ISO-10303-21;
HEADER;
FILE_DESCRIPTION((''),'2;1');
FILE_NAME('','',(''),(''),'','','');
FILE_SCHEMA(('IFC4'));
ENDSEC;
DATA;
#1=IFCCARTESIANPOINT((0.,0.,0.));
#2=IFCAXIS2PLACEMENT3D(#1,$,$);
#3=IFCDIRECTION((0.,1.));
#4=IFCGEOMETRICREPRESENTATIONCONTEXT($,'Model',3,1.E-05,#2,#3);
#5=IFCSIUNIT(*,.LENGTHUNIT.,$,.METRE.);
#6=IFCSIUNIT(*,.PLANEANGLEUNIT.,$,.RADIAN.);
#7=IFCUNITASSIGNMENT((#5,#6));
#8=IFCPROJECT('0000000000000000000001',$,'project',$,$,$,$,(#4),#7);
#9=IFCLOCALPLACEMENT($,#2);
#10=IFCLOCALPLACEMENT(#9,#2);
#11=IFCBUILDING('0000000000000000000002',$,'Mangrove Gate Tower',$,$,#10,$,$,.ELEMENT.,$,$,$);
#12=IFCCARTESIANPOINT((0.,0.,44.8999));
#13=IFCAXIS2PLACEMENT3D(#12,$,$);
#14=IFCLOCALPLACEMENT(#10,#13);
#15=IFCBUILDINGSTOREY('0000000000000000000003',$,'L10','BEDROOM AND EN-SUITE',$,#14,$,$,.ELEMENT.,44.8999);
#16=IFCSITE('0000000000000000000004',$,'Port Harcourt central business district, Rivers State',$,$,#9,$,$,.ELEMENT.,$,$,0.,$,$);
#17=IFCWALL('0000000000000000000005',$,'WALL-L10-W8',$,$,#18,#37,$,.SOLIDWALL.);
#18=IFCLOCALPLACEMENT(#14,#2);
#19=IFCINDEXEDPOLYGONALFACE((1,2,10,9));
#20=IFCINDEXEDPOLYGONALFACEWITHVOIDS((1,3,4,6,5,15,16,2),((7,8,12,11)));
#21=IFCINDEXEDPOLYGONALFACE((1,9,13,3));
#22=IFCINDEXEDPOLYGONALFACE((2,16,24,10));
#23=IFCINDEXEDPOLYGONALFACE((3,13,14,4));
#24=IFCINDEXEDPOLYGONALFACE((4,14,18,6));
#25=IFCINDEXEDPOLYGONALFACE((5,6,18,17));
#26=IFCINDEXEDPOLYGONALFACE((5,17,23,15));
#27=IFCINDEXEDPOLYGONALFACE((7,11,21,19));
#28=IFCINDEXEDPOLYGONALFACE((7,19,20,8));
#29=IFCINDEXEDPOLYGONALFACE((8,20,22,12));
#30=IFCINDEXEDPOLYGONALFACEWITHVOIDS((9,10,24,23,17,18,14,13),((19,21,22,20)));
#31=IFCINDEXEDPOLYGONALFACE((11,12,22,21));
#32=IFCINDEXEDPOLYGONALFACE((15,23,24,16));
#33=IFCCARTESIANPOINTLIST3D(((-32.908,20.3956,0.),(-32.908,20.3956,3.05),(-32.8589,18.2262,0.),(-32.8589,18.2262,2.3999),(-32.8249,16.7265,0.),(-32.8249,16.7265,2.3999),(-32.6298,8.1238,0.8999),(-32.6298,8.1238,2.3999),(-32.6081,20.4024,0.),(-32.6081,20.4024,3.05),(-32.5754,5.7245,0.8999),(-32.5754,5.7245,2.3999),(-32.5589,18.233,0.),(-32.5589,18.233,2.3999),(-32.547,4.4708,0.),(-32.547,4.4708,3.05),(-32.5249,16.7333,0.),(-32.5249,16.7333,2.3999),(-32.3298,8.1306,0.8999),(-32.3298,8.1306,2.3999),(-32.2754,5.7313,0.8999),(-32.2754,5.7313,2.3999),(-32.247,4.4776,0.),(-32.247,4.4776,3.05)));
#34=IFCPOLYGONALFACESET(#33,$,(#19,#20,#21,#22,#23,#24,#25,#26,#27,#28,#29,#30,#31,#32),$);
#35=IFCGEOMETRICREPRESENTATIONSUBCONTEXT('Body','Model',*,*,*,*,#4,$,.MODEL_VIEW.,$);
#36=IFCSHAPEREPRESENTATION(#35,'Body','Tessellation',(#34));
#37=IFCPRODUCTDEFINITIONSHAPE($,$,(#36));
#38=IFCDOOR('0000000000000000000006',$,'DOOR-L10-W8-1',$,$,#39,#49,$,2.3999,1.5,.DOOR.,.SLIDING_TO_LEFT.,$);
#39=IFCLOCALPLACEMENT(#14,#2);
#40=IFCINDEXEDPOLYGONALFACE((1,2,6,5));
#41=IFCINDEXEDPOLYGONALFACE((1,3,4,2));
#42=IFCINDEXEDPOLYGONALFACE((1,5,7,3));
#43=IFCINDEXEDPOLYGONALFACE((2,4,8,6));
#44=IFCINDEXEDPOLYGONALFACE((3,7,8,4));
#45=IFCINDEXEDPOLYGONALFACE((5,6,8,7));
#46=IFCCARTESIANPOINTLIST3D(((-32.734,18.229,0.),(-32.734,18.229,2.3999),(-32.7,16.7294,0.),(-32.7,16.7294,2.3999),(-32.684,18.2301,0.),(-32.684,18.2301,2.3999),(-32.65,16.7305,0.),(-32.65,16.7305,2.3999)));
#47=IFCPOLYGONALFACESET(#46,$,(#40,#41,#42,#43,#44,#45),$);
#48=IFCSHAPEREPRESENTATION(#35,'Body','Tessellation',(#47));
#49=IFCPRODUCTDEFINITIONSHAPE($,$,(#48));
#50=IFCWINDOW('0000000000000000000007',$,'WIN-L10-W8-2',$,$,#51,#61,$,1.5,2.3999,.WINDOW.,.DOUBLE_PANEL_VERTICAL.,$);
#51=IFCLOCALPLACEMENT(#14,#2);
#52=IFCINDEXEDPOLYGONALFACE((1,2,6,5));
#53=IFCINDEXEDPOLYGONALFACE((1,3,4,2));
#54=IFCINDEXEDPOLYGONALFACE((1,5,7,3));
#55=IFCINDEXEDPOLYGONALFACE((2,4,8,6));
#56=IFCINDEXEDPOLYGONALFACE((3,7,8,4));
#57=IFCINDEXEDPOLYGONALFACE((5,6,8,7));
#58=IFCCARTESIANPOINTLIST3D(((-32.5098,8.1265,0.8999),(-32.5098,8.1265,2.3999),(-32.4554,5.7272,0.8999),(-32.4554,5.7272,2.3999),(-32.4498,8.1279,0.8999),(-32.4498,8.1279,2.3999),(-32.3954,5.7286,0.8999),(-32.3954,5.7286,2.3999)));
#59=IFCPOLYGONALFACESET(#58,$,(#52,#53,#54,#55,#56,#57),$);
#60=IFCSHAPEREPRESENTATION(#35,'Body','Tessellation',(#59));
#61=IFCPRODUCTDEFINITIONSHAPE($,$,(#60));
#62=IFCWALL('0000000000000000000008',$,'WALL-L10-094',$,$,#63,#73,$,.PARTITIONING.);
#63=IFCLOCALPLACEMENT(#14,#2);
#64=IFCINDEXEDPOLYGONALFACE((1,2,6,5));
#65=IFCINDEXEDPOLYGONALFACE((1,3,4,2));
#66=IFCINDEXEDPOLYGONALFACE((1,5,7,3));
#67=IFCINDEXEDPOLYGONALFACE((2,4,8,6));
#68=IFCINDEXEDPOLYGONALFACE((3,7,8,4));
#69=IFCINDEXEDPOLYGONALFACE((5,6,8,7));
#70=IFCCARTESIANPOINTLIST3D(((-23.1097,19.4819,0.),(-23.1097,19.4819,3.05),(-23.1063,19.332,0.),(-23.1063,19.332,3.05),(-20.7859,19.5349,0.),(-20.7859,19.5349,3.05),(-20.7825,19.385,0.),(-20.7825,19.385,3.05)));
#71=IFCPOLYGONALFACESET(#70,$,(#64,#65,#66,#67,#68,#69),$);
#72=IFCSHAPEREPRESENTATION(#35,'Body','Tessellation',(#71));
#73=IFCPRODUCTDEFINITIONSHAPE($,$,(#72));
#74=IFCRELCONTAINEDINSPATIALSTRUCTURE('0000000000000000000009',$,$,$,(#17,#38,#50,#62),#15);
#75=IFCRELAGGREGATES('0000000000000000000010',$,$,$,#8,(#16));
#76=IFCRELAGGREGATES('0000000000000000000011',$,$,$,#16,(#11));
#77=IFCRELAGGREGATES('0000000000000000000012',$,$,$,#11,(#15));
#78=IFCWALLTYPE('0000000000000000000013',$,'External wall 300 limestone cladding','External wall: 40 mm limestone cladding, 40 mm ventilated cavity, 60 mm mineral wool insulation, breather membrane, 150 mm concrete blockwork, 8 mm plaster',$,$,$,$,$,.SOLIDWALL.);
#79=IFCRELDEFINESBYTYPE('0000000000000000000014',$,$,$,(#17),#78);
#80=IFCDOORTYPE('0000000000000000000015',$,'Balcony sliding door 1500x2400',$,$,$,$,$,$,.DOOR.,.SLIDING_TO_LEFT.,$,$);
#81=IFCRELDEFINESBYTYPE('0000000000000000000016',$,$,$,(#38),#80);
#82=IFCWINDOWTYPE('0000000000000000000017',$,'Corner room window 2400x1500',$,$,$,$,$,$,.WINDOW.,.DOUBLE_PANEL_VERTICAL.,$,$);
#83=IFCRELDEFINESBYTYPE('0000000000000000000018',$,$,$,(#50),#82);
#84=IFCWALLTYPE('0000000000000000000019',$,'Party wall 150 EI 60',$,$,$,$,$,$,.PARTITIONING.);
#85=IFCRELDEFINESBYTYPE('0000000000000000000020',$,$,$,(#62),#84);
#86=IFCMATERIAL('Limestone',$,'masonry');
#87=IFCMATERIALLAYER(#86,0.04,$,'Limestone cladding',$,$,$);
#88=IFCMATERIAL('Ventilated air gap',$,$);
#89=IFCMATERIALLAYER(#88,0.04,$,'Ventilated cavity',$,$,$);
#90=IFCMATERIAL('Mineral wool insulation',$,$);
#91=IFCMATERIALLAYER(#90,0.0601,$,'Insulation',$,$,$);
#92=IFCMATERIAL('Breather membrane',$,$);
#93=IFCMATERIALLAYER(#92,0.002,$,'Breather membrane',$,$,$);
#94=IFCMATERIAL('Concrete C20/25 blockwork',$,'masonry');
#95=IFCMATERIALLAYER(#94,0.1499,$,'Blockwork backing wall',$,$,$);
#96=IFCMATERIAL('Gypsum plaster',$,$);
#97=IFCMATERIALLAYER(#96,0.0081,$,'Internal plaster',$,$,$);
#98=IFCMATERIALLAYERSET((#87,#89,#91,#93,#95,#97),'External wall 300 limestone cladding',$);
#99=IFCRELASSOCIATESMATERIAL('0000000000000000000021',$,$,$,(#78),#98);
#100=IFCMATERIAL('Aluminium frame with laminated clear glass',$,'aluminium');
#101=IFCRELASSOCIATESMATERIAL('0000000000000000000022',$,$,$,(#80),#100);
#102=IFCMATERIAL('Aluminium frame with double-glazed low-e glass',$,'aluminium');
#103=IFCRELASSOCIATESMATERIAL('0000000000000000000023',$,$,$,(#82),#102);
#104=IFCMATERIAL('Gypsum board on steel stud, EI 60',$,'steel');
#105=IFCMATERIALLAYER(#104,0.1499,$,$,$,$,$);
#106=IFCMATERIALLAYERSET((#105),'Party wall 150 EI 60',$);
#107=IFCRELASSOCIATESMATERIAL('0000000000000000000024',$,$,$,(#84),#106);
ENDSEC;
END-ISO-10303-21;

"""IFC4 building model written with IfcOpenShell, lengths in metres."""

from ifc_helpers import new_model, si_unit, direction, frame, frame_2d, origin, place, context, subcontext, project, spatial, rectangle, extrude, material, layer, layer_set, type_object, element, fill, save


model = new_model("IFC4")

# Units and contexts
model_context = context("Model", 3, precision=1e-05, world=origin(), true_north=direction((0.0, 1.0)))
body_context = subcontext(model_context, "Body", "Model", "MODEL_VIEW")
ifc_project = project(units=[si_unit("LENGTHUNIT", "METRE"), si_unit("PLANEANGLEUNIT", "RADIAN")], contexts=[model_context])

# Site, building, storey
site_placement = place(None, origin())
site = spatial("IfcSite", under=ifc_project, at=site_placement, Name="Port Harcourt central business district, Rivers State", CompositionType="ELEMENT", RefElevation=0.0)
building_placement = place(site_placement, origin())
building = spatial("IfcBuilding", under=site, at=building_placement, Name="Mangrove Gate Tower", CompositionType="ELEMENT")
storey_placement = place(building_placement, frame((0.0, 0.0, 44.8999)))
storey = spatial("IfcBuildingStorey", under=building, at=storey_placement, Name="L10", Description="BEDROOM AND EN-SUITE", CompositionType="ELEMENT", Elevation=44.8999)

# Shared definitions
ifc_material_1 = material(Name="Limestone", Category="masonry")
ifc_layer_1 = layer(ifc_material_1, 0.04, Name="Limestone cladding")
ifc_material_2 = material(Name="Ventilated air gap")
ifc_layer_2 = layer(ifc_material_2, 0.04, Name="Ventilated cavity")
ifc_material_3 = material(Name="Mineral wool insulation")
ifc_layer_3 = layer(ifc_material_3, 0.0601, Name="Insulation")
ifc_material_4 = material(Name="Breather membrane")
ifc_layer_4 = layer(ifc_material_4, 0.002, Name="Breather membrane")
ifc_material_5 = material(Name="Concrete C20/25 blockwork", Category="masonry")
ifc_layer_5 = layer(ifc_material_5, 0.1499, Name="Blockwork backing wall")
ifc_material_6 = material(Name="Gypsum plaster")
ifc_layer_6 = layer(ifc_material_6, 0.0081, Name="Internal plaster")
ifc_layer_set_1 = layer_set([ifc_layer_1, ifc_layer_2, ifc_layer_3, ifc_layer_4, ifc_layer_5, ifc_layer_6], Name="External wall 300 limestone cladding")
wall_type_1 = type_object("IfcWallType", Name="External wall 300 limestone cladding", Description="External wall: 40 mm limestone cladding, 40 mm ventilated cavity, 60 mm mineral wool insulation, breather membrane, 150 mm concrete blockwork, 8 mm plaster", PredefinedType="SOLIDWALL", material=ifc_layer_set_1)

# Wall, openings, door, window
wall_1_placement = place(storey_placement, frame((-32.7581, 20.3989, 0.0), z_axis=(0.0, 0.0, 1.0), x_axis=(0.022668, -0.999743, 0.0)))
wall_1 = element("IfcWall", 1, at=wall_1_placement, inside=storey, type_object=wall_type_1, Name="WALL-L10-W8", PredefinedType="SOLIDWALL", context=body_context, shape_type="SweptSolid", body=[
    extrude(rectangle(XDim=15.929, YDim=0.3, at=frame_2d((7.9644, 0.0))), origin(), (0.0, 0.0, 1.0), 3.05),
])
opening_1_placement = place(wall_1_placement, frame((2.1699, 0.0, 0.0)))
opening_1 = element("IfcOpeningElement", 2, at=opening_1_placement, cuts=wall_1, PredefinedType="OPENING", context=body_context, shape_type="SweptSolid", body=[
    extrude(rectangle(XDim=1.5, YDim=2.3999, at=frame_2d((0.75, 1.2))), frame((0.0, 0.1599, 0.0), z_axis=(0.0, -1.0, 0.0), x_axis=(1.0, 0.0, 0.0)), (0.0, 0.0, 1.0), 0.3201),
])
opening_2_placement = place(wall_1_placement, frame((12.2749, 0.0, 0.8999)))
opening_2 = element("IfcOpeningElement", 3, at=opening_2_placement, cuts=wall_1, PredefinedType="OPENING", context=body_context, shape_type="SweptSolid", body=[
    extrude(rectangle(XDim=2.3999, YDim=1.5, at=frame_2d((1.2, 0.75))), frame((0.0, 0.1599, 0.0), z_axis=(0.0, -1.0, 0.0), x_axis=(1.0, 0.0, 0.0)), (0.0, 0.0, 1.0), 0.3201),
])
ifc_material_7 = material(Name="Aluminium frame with laminated clear glass", Category="aluminium")
door_type = type_object("IfcDoorType", Name="Balcony sliding door 1500x2400", OperationType="SLIDING_TO_LEFT", PredefinedType="DOOR", material=ifc_material_7)
door_placement = place(opening_1_placement, origin())
door = element("IfcDoor", 4, at=door_placement, inside=storey, type_object=door_type, Name="DOOR-L10-W8-1", OperationType="SLIDING_TO_LEFT", OverallHeight=2.3999, OverallWidth=1.5, PredefinedType="DOOR", context=body_context, shape_type="SweptSolid", body=[
    extrude(rectangle(XDim=1.5, YDim=2.3999, at=frame_2d((0.75, 1.2))), frame((0.0, 0.0249, 0.0), z_axis=(0.0, -1.0, 0.0), x_axis=(1.0, 0.0, 0.0)), (0.0, 0.0, 1.0), 0.05),
])
fill(opening_1, door)
ifc_material_8 = material(Name="Aluminium frame with double-glazed low-e glass", Category="aluminium")
window_type_1 = type_object("IfcWindowType", Name="Corner room window 2400x1500", PartitioningType="DOUBLE_PANEL_VERTICAL", PredefinedType="WINDOW", material=ifc_material_8)
window_1_placement = place(opening_2_placement, origin())
window_1 = element("IfcWindow", 5, at=window_1_placement, inside=storey, type_object=window_type_1, Name="WIN-L10-W8-2", OverallHeight=1.5, OverallWidth=2.3999, PartitioningType="DOUBLE_PANEL_VERTICAL", PredefinedType="WINDOW", context=body_context, shape_type="SweptSolid", body=[
    extrude(rectangle(XDim=2.3999, YDim=1.5, at=frame_2d((1.2, 0.75))), frame((0.0, 0.03, 0.0), z_axis=(0.0, -1.0, 0.0), x_axis=(1.0, 0.0, 0.0)), (0.0, 0.0, 1.0), 0.0601),
])
fill(opening_2, window_1)

# Wall
ifc_material_9 = material(Name="Gypsum board on steel stud, EI 60", Category="steel")
ifc_layer_7 = layer(ifc_material_9, 0.1499)
ifc_layer_set_2 = layer_set([ifc_layer_7], Name="Party wall 150 EI 60")
wall_type_2 = type_object("IfcWallType", Name="Party wall 150 EI 60", PredefinedType="PARTITIONING", material=ifc_layer_set_2)
wall_2_placement = place(storey_placement, frame((-23.1079, 19.407, 0.0), z_axis=(0.0, 0.0, 1.0), x_axis=(0.99974, 0.022791, 0.0)))
element("IfcWall", 6, at=wall_2_placement, inside=storey, type_object=wall_type_2, Name="WALL-L10-094", PredefinedType="PARTITIONING", context=body_context, shape_type="SweptSolid", body=[
    extrude(rectangle(XDim=2.3245, YDim=0.1499, at=frame_2d((1.1621, 0.0))), origin(), (0.0, 0.0, 1.0), 3.05),
])

save(model, "model.ifc")
